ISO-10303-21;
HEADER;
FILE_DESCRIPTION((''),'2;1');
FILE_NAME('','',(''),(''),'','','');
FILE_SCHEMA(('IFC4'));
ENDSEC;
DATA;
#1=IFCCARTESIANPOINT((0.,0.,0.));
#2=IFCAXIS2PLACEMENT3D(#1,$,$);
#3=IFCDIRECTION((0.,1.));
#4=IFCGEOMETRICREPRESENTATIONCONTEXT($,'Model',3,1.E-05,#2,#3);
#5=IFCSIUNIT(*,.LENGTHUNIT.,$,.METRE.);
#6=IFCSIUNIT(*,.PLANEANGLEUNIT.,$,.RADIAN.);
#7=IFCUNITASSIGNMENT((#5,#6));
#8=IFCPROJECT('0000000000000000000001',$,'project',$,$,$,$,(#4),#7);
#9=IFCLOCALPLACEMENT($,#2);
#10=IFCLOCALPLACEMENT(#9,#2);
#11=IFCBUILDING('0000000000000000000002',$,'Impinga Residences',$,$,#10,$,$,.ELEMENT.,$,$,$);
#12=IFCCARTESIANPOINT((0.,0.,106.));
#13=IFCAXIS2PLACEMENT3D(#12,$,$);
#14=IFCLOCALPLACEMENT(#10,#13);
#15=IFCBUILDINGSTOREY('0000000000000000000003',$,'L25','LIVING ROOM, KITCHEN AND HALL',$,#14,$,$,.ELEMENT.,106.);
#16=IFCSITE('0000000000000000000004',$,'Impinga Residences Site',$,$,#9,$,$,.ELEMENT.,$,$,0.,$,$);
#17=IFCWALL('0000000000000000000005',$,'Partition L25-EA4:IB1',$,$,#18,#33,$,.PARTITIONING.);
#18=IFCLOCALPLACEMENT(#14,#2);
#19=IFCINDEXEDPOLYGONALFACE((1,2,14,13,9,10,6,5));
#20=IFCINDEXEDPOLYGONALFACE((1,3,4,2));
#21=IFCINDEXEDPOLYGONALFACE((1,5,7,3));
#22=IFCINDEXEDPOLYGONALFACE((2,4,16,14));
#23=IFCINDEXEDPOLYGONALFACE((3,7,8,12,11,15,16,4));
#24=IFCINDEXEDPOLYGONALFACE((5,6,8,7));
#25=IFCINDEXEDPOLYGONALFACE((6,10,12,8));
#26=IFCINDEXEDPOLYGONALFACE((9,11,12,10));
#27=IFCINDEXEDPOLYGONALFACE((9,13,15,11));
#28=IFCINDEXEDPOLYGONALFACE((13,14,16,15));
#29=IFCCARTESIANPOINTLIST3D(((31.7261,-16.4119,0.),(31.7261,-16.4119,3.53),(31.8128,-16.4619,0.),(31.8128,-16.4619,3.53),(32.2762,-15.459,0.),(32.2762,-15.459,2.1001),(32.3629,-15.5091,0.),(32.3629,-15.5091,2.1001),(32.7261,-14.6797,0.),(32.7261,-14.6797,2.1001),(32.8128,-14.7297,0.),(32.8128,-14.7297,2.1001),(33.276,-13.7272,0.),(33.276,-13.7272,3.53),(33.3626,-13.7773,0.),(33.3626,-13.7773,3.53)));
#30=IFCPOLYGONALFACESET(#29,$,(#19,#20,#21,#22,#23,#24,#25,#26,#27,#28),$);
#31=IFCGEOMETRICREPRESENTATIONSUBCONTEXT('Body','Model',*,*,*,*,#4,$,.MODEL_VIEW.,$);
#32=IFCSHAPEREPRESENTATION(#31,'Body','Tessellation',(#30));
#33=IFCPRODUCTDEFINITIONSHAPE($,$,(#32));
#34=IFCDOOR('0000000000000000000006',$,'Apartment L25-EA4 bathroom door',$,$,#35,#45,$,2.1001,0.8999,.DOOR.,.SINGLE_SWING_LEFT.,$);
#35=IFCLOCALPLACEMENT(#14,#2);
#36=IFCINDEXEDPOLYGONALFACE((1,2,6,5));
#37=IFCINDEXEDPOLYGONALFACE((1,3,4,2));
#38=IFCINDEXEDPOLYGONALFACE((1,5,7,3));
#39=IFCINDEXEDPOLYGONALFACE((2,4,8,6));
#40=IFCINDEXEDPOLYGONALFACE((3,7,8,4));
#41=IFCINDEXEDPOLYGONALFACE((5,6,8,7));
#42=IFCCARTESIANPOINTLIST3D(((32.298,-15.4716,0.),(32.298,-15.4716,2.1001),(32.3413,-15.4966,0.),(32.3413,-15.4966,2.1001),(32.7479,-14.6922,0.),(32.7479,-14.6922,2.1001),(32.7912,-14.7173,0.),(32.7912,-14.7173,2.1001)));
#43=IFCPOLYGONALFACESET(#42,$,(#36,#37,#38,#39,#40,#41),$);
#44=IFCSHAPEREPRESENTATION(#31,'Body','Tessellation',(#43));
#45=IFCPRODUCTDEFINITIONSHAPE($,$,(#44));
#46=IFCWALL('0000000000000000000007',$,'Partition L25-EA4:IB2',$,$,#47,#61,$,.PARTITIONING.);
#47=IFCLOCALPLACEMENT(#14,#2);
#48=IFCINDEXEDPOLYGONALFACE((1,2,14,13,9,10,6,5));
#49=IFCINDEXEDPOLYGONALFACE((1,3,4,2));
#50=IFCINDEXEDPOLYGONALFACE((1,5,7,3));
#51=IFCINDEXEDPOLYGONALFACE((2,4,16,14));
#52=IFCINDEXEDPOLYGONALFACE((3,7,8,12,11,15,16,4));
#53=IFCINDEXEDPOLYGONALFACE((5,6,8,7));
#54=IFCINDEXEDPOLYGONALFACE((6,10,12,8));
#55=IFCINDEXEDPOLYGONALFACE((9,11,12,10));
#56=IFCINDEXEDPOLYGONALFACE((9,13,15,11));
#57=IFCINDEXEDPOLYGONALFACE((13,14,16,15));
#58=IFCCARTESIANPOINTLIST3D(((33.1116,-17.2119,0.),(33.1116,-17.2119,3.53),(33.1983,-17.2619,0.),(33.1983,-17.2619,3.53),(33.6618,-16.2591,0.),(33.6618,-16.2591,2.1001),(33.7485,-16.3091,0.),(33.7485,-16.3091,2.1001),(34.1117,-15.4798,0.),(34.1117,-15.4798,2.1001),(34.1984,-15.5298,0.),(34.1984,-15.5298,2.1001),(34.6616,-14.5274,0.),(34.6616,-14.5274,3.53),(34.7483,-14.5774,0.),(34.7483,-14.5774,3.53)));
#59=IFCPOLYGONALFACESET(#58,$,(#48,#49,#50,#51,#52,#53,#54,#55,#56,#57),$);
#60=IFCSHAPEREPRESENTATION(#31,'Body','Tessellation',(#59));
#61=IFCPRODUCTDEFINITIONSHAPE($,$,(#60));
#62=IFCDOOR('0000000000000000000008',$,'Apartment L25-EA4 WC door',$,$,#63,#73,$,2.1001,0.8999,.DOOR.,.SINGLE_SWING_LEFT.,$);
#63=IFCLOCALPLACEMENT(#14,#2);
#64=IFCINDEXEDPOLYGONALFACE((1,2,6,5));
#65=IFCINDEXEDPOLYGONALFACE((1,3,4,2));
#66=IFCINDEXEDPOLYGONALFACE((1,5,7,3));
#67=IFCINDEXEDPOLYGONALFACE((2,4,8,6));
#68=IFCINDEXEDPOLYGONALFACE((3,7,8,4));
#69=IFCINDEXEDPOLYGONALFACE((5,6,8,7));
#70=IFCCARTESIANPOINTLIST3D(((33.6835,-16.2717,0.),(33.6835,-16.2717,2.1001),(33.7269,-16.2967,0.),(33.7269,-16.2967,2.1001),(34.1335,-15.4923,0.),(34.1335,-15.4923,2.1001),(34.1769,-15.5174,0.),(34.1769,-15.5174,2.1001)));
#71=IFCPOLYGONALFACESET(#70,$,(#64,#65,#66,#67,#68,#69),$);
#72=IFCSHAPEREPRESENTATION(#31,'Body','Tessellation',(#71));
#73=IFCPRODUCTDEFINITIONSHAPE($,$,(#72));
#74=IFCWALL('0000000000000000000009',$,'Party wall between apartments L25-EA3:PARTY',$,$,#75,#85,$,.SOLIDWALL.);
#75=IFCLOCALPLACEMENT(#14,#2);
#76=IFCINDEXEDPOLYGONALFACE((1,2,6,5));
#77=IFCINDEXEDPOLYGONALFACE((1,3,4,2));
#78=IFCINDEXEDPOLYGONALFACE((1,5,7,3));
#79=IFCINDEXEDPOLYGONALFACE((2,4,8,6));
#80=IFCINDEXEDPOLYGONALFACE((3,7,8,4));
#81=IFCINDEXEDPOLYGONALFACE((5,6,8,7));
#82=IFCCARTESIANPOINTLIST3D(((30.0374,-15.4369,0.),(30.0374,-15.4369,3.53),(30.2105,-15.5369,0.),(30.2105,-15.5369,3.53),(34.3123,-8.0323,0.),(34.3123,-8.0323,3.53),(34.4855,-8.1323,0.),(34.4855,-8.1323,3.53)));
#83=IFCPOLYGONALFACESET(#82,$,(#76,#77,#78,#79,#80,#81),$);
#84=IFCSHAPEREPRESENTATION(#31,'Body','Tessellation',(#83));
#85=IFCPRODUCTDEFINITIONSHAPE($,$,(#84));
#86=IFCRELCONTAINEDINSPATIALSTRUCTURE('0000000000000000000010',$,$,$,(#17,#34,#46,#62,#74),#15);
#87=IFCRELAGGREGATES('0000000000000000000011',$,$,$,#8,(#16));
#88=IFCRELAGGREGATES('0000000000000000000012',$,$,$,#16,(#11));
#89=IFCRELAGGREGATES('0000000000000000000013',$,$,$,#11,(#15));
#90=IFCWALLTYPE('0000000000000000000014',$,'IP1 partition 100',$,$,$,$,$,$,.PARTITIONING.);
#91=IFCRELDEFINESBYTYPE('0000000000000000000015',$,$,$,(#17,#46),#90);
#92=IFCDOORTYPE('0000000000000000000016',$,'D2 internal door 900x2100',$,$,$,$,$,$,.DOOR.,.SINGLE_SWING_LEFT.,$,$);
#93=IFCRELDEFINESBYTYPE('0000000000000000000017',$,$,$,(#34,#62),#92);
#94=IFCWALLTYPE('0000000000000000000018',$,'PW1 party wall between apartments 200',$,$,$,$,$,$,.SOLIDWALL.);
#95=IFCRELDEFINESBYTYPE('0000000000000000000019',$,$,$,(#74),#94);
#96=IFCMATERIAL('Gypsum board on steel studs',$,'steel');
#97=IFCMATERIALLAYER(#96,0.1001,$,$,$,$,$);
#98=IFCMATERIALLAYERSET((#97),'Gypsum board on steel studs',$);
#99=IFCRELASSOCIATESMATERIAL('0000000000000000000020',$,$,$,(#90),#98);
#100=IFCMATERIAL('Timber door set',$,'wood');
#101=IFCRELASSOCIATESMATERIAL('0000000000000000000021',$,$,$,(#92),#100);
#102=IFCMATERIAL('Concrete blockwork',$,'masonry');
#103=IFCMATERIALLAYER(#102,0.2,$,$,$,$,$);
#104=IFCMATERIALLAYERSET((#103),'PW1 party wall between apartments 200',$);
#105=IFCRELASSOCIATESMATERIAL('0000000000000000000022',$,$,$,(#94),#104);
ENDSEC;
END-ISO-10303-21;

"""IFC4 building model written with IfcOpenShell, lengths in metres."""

from ifc_helpers import new_model, si_unit, direction, frame, frame_2d, origin, place, context, subcontext, project, spatial, rectangle, extrude, material, layer, layer_set, type_object, element, fill, save


model = new_model("IFC4")

# Units and contexts
model_context = context("Model", 3, precision=1e-05, world=origin(), true_north=direction((0.0, 1.0)))
body_context = subcontext(model_context, "Body", "Model", "MODEL_VIEW")
ifc_project = project(units=[si_unit("LENGTHUNIT", "METRE"), si_unit("PLANEANGLEUNIT", "RADIAN")], contexts=[model_context])

# Site, building, storey
site_placement = place(None, origin())
site = spatial("IfcSite", under=ifc_project, at=site_placement, Name="Impinga Residences Site", CompositionType="ELEMENT", RefElevation=0.0)
building_placement = place(site_placement, origin())
building = spatial("IfcBuilding", under=site, at=building_placement, Name="Impinga Residences", CompositionType="ELEMENT")
storey_placement = place(building_placement, frame((0.0, 0.0, 106.0)))
storey = spatial("IfcBuildingStorey", under=building, at=storey_placement, Name="L25", Description="LIVING ROOM, KITCHEN AND HALL", CompositionType="ELEMENT", Elevation=106.0)

# Shared definitions
ifc_material_1 = material(Name="Concrete blockwork", Category="masonry")
ifc_material_2 = material(Name="Timber door set", Category="wood")

# Shared definitions
ifc_material_3 = material(Name="Gypsum board on steel studs", Category="steel")
ifc_layer_1 = layer(ifc_material_3, 0.1001)
ifc_layer_set_1 = layer_set([ifc_layer_1], Name="Gypsum board on steel studs")
wall_type_1 = type_object("IfcWallType", Name="IP1 partition 100", PredefinedType="PARTITIONING", material=ifc_layer_set_1)

# Shared definitions
door_type_1 = type_object("IfcDoorType", Name="D2 internal door 900x2100", OperationType="SINGLE_SWING_LEFT", PredefinedType="DOOR", material=ifc_material_2)

# Walls, openings, doors
wall_1_placement = place(storey_placement, frame((31.7695, -16.4368, 0.0), z_axis=(0.0, 0.0, 1.0), x_axis=(0.499968, 0.866044, 0.0)))
wall_1 = element("IfcWall", 1, at=wall_1_placement, inside=storey, type_object=wall_type_1, Name="Partition L25-EA4:IB1", PredefinedType="PARTITIONING", context=body_context, shape_type="SweptSolid", body=[
    extrude(rectangle(XDim=3.0999, YDim=0.1001, at=frame_2d((1.5498, 0.0))), origin(), (0.0, 0.0, 1.0), 3.53),
])
opening_1_placement = place(wall_1_placement, frame((1.1001, 0.0, 0.0)))
opening_1 = element("IfcOpeningElement", 2, at=opening_1_placement, cuts=wall_1, PredefinedType="OPENING", context=body_context, shape_type="SweptSolid", body=[
    extrude(rectangle(XDim=0.8999, YDim=2.1001, at=frame_2d((0.45, 1.05))), frame((0.0, 0.0601, 0.0), z_axis=(0.0, -1.0, 0.0), x_axis=(1.0, 0.0, 0.0)), (0.0, 0.0, 1.0), 0.1201),
])
door_1_placement = place(opening_1_placement, origin())
door_1 = element("IfcDoor", 3, at=door_1_placement, inside=storey, type_object=door_type_1, Name="Apartment L25-EA4 bathroom door", OperationType="SINGLE_SWING_LEFT", OverallHeight=2.1001, OverallWidth=0.8999, PredefinedType="DOOR", context=body_context, shape_type="SweptSolid", body=[
    extrude(rectangle(XDim=0.8999, YDim=2.1001, at=frame_2d((0.45, 1.05))), frame((0.0, 0.0249, 0.0), z_axis=(0.0, -1.0, 0.0), x_axis=(1.0, 0.0, 0.0)), (0.0, 0.0, 1.0), 0.05),
])
fill(opening_1, door_1)
wall_2_placement = place(storey_placement, frame((33.155, -17.2368, 0.0), z_axis=(0.0, 0.0, 1.0), x_axis=(0.500027, 0.86601, 0.0)))
wall_2 = element("IfcWall", 4, at=wall_2_placement, inside=storey, type_object=wall_type_1, Name="Partition L25-EA4:IB2", PredefinedType="PARTITIONING", context=body_context, shape_type="SweptSolid", body=[
    extrude(rectangle(XDim=3.0999, YDim=0.1001, at=frame_2d((1.5498, 0.0))), origin(), (0.0, 0.0, 1.0), 3.53),
])
opening_2_placement = place(wall_2_placement, frame((1.1001, 0.0, 0.0)))
opening_2 = element("IfcOpeningElement", 5, at=opening_2_placement, cuts=wall_2, PredefinedType="OPENING", context=body_context, shape_type="SweptSolid", body=[
    extrude(rectangle(XDim=0.8999, YDim=2.1001, at=frame_2d((0.45, 1.05))), frame((0.0, 0.0601, 0.0), z_axis=(0.0, -1.0, 0.0), x_axis=(1.0, 0.0, 0.0)), (0.0, 0.0, 1.0), 0.1201),
])
door_2_placement = place(opening_2_placement, origin())
door_2 = element("IfcDoor", 6, at=door_2_placement, inside=storey, type_object=door_type_1, Name="Apartment L25-EA4 WC door", OperationType="SINGLE_SWING_LEFT", OverallHeight=2.1001, OverallWidth=0.8999, PredefinedType="DOOR", context=body_context, shape_type="SweptSolid", body=[
    extrude(rectangle(XDim=0.8999, YDim=2.1001, at=frame_2d((0.45, 1.05))), frame((0.0, 0.0249, 0.0), z_axis=(0.0, -1.0, 0.0), x_axis=(1.0, 0.0, 0.0)), (0.0, 0.0, 1.0), 0.05),
])
fill(opening_2, door_2)

# Wall
ifc_layer_2 = layer(ifc_material_1, 0.2)
ifc_layer_set_2 = layer_set([ifc_layer_2], Name="PW1 party wall between apartments 200")
wall_type_2 = type_object("IfcWallType", Name="PW1 party wall between apartments 200", PredefinedType="SOLIDWALL", material=ifc_layer_set_2)
wall_3_placement = place(storey_placement, frame((30.124, -15.4868, 0.0), z_axis=(0.0, 0.0, 1.0), x_axis=(0.49999, 0.866031, 0.0)))
element("IfcWall", 7, at=wall_3_placement, inside=storey, type_object=wall_type_2, Name="Party wall between apartments L25-EA3:PARTY", PredefinedType="SOLIDWALL", context=body_context, shape_type="SweptSolid", body=[
    extrude(rectangle(XDim=8.55, YDim=0.2, at=frame_2d((4.2749, 0.0))), origin(), (0.0, 0.0, 1.0), 3.53),
])

save(model, "model.ifc")
